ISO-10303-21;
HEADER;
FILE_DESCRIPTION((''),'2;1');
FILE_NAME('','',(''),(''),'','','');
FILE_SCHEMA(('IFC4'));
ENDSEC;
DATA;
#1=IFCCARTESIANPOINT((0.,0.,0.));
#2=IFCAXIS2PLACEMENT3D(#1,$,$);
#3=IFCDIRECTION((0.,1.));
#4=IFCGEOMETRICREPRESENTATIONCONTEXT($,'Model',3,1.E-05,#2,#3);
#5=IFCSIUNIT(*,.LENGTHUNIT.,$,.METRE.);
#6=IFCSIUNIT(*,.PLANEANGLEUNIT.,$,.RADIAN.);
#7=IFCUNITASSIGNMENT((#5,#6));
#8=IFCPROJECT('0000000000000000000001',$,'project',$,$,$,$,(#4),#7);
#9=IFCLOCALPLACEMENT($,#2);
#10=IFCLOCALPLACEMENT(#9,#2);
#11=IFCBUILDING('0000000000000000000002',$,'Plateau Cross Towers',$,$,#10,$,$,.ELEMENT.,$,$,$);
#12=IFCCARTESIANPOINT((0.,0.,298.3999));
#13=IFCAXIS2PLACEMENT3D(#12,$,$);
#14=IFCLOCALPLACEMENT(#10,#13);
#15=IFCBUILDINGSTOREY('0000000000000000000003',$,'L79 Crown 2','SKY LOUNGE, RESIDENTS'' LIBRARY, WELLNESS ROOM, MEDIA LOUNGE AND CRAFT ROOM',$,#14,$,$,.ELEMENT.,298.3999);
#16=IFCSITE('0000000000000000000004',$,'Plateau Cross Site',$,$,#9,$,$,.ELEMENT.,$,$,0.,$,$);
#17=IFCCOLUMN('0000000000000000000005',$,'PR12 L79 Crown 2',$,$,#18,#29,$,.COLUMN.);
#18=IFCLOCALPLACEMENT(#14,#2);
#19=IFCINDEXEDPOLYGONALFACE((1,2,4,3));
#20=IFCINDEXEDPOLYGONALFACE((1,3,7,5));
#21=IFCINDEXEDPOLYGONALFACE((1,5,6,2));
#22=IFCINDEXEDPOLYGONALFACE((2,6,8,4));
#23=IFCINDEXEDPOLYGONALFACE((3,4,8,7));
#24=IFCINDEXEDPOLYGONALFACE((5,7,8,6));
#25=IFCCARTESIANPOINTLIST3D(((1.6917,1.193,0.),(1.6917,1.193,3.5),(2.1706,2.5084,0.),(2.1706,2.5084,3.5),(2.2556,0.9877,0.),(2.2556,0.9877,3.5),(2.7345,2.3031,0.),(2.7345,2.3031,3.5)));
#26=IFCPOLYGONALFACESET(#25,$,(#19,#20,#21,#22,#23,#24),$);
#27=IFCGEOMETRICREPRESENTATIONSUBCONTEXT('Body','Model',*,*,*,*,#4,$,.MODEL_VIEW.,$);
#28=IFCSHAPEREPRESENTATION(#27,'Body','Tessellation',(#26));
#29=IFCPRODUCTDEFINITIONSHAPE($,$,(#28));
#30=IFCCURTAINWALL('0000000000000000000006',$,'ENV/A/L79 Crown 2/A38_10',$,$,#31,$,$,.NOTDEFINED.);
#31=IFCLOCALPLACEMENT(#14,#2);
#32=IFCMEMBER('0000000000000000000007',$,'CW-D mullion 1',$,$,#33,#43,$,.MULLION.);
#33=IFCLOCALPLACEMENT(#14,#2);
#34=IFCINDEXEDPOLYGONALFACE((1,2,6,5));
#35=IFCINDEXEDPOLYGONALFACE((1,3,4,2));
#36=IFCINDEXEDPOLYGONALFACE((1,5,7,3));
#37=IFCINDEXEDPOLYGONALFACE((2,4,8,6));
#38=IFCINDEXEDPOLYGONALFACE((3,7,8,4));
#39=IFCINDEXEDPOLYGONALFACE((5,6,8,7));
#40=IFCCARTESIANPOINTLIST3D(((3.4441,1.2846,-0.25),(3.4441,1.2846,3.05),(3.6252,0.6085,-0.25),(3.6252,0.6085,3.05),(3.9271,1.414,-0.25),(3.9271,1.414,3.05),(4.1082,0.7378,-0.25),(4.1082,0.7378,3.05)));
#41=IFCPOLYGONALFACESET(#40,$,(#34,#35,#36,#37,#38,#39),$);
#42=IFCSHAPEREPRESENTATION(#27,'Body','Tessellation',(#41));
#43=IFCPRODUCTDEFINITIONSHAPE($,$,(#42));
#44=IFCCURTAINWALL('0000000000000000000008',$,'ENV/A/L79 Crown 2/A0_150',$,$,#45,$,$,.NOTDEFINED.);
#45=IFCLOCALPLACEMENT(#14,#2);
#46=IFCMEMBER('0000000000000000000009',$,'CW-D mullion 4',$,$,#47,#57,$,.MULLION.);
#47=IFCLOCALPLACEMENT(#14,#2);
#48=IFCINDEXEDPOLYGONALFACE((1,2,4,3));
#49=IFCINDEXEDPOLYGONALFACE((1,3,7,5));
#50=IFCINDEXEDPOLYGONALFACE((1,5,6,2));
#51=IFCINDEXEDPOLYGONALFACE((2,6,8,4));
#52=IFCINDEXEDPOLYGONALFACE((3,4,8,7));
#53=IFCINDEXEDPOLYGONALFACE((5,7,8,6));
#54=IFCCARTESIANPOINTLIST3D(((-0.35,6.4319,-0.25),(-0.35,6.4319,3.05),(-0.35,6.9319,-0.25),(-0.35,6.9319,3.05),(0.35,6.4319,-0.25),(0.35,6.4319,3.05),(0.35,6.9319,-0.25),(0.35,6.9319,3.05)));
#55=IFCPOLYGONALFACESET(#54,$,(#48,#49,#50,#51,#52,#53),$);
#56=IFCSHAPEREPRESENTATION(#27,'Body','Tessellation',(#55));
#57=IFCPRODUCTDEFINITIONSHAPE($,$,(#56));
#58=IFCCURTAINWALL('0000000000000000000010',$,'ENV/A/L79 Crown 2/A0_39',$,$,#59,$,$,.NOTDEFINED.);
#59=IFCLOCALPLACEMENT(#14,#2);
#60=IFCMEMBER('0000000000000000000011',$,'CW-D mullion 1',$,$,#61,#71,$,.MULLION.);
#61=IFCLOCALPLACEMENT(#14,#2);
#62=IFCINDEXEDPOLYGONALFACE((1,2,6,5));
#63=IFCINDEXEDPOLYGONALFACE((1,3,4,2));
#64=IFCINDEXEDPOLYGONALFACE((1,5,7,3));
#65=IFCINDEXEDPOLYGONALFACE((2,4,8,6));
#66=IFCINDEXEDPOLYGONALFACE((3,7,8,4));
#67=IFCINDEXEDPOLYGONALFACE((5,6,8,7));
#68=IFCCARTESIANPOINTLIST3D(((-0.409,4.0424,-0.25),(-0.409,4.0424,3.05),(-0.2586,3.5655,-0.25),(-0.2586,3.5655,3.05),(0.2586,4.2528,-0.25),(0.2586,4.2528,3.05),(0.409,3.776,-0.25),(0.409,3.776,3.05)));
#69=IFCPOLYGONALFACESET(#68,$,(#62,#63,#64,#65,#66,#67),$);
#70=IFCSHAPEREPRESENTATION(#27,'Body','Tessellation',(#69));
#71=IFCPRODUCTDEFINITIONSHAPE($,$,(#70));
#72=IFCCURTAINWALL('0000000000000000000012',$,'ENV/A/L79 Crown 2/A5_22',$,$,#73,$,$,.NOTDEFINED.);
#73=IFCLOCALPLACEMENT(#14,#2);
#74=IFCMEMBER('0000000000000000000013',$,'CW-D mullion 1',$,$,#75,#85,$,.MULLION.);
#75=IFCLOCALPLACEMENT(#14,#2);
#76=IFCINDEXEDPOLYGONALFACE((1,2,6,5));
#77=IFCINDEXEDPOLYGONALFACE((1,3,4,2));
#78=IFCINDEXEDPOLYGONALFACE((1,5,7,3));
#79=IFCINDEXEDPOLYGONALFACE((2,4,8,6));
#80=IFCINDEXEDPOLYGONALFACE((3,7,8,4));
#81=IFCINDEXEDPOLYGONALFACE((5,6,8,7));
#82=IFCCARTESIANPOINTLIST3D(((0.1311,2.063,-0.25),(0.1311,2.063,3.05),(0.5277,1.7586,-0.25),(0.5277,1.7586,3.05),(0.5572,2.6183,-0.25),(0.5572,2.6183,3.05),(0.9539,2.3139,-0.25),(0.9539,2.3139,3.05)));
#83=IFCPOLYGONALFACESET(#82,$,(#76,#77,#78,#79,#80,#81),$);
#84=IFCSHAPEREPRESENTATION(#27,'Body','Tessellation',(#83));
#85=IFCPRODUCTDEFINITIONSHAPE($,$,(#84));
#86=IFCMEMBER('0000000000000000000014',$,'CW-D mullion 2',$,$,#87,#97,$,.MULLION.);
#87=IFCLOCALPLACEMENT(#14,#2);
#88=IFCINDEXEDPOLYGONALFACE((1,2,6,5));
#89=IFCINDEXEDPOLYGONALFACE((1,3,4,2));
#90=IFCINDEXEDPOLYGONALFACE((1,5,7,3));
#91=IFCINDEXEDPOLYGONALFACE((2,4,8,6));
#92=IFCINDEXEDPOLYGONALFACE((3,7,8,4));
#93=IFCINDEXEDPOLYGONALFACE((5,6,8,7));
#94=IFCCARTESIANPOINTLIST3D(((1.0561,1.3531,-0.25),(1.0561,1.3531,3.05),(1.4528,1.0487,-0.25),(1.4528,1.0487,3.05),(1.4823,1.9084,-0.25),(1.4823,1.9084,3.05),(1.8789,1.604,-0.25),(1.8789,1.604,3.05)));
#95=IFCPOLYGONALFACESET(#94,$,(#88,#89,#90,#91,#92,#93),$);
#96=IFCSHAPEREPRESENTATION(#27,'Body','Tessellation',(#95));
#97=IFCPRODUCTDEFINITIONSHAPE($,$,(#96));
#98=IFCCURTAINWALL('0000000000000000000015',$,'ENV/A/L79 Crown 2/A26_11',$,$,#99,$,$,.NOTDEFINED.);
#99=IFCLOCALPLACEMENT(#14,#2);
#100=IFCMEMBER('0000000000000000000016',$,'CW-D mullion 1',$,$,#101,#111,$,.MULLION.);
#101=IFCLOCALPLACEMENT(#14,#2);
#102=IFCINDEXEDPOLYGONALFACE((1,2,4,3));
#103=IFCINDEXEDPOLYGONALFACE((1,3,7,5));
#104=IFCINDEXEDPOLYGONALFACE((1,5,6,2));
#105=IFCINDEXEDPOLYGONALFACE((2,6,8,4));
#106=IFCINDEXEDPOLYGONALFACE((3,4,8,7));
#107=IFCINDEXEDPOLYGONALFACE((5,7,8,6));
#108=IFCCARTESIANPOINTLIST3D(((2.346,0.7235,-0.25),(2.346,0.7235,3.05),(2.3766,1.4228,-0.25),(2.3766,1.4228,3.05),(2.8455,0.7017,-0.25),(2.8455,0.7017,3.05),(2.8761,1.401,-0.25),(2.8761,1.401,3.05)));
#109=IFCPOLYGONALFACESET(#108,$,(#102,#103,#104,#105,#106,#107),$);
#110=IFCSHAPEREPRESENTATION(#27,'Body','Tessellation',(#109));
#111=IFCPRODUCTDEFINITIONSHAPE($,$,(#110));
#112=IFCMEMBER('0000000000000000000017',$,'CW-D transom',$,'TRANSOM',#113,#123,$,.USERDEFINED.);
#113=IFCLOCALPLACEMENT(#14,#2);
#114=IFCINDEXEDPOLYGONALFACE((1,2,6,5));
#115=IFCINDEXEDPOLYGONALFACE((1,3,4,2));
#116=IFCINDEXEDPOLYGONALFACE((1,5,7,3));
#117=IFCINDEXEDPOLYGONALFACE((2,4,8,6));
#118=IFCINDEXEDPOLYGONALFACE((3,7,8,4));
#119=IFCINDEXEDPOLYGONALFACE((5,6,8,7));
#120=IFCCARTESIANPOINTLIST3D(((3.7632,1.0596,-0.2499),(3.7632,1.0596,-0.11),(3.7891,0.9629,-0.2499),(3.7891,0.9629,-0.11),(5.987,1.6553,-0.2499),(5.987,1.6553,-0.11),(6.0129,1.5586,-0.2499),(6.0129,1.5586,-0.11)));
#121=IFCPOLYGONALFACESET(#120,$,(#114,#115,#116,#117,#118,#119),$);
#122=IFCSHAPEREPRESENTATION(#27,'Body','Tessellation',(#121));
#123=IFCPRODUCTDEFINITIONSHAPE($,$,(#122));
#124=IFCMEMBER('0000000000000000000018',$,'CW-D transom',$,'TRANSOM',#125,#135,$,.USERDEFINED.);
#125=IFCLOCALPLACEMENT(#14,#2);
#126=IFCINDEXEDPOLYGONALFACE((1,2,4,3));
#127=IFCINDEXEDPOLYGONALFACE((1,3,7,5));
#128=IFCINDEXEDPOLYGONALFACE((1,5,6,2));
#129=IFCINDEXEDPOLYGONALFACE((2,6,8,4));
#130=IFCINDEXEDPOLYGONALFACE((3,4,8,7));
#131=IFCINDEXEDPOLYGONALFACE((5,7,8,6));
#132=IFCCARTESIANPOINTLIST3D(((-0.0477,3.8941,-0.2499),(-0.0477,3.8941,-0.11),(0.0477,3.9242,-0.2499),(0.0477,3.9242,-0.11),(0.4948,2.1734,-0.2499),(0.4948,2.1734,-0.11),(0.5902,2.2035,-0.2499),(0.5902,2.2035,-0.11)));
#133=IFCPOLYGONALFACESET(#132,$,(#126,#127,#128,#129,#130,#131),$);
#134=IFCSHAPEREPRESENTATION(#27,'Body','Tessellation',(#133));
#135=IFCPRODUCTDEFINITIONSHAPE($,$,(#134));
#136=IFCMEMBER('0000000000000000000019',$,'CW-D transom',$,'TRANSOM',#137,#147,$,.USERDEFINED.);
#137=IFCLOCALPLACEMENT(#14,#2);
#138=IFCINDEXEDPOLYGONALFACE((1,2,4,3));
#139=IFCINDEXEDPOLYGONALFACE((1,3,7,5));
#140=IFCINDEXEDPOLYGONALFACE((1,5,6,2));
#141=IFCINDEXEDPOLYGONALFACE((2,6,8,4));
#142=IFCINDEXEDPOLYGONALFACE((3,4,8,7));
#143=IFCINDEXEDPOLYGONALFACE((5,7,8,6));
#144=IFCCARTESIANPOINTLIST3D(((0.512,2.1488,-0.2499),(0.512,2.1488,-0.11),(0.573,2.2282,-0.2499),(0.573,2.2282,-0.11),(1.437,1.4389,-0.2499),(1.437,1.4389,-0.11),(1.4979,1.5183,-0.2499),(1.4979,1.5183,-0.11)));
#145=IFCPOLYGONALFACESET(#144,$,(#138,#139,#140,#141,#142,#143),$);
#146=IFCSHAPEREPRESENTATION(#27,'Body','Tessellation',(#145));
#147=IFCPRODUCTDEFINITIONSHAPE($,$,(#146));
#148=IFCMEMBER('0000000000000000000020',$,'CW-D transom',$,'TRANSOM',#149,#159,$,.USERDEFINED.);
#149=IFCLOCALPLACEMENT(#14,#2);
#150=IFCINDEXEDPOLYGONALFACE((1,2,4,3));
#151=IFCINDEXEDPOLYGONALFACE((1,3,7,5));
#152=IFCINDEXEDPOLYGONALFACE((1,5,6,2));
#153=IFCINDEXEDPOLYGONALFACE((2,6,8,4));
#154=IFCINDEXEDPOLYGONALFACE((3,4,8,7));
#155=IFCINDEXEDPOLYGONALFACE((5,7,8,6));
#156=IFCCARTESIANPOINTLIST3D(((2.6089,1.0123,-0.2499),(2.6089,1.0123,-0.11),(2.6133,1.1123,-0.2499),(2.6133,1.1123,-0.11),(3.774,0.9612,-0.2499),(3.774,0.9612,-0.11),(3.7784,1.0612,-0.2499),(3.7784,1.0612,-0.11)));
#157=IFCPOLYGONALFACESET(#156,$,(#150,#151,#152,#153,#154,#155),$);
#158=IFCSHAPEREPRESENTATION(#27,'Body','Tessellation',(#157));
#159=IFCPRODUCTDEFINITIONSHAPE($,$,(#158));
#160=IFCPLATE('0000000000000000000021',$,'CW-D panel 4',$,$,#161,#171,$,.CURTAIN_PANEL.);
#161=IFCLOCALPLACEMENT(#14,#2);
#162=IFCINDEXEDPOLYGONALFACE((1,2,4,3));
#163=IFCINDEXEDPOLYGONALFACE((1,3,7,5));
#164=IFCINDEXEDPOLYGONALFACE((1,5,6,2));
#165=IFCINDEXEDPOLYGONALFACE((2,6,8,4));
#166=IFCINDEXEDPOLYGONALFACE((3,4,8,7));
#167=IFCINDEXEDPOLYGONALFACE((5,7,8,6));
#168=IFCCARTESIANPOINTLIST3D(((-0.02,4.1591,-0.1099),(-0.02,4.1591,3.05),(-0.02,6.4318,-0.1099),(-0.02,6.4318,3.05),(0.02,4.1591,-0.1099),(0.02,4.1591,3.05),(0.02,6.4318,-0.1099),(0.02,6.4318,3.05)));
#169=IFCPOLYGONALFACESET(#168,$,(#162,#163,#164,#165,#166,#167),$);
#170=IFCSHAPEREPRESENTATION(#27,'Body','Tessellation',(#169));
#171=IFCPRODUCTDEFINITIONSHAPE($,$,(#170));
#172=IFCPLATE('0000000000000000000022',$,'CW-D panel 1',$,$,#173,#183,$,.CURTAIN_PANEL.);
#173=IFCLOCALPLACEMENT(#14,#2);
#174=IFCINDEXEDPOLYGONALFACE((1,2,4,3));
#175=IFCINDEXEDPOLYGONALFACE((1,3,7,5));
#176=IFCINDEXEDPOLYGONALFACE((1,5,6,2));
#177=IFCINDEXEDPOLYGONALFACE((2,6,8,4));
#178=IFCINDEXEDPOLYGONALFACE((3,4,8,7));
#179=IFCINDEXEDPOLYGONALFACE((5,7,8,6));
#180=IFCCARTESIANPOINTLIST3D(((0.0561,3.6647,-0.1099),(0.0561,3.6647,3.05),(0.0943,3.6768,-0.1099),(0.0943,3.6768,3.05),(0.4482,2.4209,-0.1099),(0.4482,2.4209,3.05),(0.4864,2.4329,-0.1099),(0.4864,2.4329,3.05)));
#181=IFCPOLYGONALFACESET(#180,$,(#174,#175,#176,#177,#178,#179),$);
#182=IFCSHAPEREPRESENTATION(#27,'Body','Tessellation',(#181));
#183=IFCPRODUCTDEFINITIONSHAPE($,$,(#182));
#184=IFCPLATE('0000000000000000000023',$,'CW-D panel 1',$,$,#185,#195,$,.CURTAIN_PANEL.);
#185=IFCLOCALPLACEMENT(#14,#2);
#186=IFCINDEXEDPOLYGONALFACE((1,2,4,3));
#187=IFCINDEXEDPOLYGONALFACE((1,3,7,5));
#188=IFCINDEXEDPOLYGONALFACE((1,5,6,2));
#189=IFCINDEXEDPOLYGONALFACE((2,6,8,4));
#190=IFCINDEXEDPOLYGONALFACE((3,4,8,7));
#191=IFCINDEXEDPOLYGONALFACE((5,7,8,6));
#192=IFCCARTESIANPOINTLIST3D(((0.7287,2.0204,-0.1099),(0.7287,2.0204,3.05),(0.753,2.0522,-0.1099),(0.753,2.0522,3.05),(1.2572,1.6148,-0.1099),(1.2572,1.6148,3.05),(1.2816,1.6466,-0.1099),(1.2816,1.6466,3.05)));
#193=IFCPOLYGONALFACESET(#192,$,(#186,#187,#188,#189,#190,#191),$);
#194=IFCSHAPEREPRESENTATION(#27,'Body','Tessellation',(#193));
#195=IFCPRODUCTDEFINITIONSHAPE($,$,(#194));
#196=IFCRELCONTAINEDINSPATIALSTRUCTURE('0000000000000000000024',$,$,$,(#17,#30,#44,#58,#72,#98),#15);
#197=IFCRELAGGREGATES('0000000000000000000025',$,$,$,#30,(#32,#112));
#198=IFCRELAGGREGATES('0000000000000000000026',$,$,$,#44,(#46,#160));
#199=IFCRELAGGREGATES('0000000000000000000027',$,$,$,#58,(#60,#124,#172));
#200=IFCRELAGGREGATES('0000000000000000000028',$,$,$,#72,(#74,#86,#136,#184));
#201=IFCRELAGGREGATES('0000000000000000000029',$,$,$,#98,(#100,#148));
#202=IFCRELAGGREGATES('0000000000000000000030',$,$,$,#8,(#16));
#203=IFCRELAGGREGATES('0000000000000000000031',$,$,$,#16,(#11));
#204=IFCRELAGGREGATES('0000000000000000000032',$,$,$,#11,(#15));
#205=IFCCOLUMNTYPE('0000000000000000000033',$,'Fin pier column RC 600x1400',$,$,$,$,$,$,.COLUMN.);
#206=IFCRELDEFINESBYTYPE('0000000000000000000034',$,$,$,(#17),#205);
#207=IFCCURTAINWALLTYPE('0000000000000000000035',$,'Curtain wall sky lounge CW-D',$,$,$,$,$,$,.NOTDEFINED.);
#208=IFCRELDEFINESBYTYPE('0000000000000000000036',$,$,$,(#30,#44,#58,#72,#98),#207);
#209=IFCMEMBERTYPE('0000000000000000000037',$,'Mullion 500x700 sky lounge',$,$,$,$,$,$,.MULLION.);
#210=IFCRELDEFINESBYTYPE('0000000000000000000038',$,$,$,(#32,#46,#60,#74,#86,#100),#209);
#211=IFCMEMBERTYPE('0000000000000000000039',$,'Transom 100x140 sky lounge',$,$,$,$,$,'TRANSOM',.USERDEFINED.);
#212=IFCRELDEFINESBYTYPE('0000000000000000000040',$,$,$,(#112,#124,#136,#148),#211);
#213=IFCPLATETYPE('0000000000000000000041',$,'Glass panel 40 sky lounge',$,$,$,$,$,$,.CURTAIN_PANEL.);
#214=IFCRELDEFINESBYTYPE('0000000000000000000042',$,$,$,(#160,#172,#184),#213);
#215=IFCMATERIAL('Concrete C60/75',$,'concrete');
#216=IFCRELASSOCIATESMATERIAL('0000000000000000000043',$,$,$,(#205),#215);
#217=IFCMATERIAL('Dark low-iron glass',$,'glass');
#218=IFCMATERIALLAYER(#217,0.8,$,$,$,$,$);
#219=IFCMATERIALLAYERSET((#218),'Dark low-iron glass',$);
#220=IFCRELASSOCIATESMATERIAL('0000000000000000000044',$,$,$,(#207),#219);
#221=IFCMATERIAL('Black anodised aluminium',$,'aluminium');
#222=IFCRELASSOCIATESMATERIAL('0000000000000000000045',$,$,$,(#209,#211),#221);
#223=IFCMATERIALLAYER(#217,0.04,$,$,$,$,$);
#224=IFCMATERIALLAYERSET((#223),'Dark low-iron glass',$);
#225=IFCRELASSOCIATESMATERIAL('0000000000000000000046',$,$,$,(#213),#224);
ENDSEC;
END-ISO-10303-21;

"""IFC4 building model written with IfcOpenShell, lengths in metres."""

from ifc_helpers import new_model, si_unit, direction, frame, origin, origin_2d, place, context, subcontext, project, spatial, rectangle, extrude, material, layer, layer_set, material_profile, profile_set, type_object, element, aggregate, save


model = new_model("IFC4")

# Units and contexts
model_context = context("Model", 3, precision=1e-05, world=origin(), true_north=direction((0.0, 1.0)))
body_context = subcontext(model_context, "Body", "Model", "MODEL_VIEW")
ifc_project = project(units=[si_unit("LENGTHUNIT", "METRE"), si_unit("PLANEANGLEUNIT", "RADIAN")], contexts=[model_context])

# Site, building, storey
site_placement = place(None, origin())
site = spatial("IfcSite", under=ifc_project, at=site_placement, Name="Plateau Cross Site", CompositionType="ELEMENT", RefElevation=0.0)
building_placement = place(site_placement, origin())
building = spatial("IfcBuilding", under=site, at=building_placement, Name="Plateau Cross Towers", CompositionType="ELEMENT")
storey_placement = place(building_placement, frame((0.0, 0.0, 298.3999)))
storey = spatial("IfcBuildingStorey", under=building, at=storey_placement, Name="L79 Crown 2", Description="SKY LOUNGE, RESIDENTS' LIBRARY, WELLNESS ROOM, MEDIA LOUNGE AND CRAFT ROOM", CompositionType="ELEMENT", Elevation=298.3999)

# Column
ifc_material_1 = material(Name="Concrete C60/75", Category="concrete")
ifc_material_profile_1 = material_profile(ifc_material_1, rectangle(XDim=0.6001, YDim=1.3999, at=origin_2d()), Name="RC 600x1400")
ifc_profile_set_1 = profile_set([ifc_material_profile_1], Name="Concrete C60/75")
column_type = type_object("IfcColumnType", Name="Fin pier column RC 600x1400", PredefinedType="COLUMN", material=ifc_profile_set_1)
column_placement = place(storey_placement, frame((2.2131, 1.748, 0.0), z_axis=(0.0, 0.0, 1.0), x_axis=(-0.939664, 0.342098, 0.0)))
element("IfcColumn", 1, at=column_placement, inside=storey, type_object=column_type, Name="PR12 L79 Crown 2", PredefinedType="COLUMN", context=body_context, shape_type="SweptSolid", body=[
    extrude(rectangle(XDim=0.6001, YDim=1.3999, at=origin_2d()), origin(), (0.0, 0.0, 1.0), 3.5),
])

# Curtain walls, members
ifc_material_2 = material(Name="Dark low-iron glass", Category="glass")
ifc_layer_1 = layer(ifc_material_2, 0.8)
ifc_layer_set_1 = layer_set([ifc_layer_1], Name="Dark low-iron glass")
curtain_wall_type = type_object("IfcCurtainWallType", Name="Curtain wall sky lounge CW-D", PredefinedType="NOTDEFINED", material=ifc_layer_set_1)
curtain_wall_1_placement = place(storey_placement, origin())
curtain_wall_1 = element("IfcCurtainWall", 2, at=curtain_wall_1_placement, inside=storey, type_object=curtain_wall_type, Name="ENV/A/L79 Crown 2/A38_10", PredefinedType="NOTDEFINED")
ifc_material_3 = material(Name="Black anodised aluminium", Category="aluminium")
ifc_material_profile_2 = material_profile(ifc_material_3, rectangle(XDim=0.5, YDim=0.7, at=origin_2d()), Name="MULLION 500x700")
ifc_profile_set_2 = profile_set([ifc_material_profile_2], Name="Black anodised aluminium")
member_type_1 = type_object("IfcMemberType", Name="Mullion 500x700 sky lounge", PredefinedType="MULLION", material=ifc_profile_set_2)
member_1_placement = place(storey_placement, frame((3.7761, 1.0112, -0.25), z_axis=(0.0, 0.0, 1.0), x_axis=(0.965958, 0.258699, 0.0)))
member_1 = element("IfcMember", 3, at=member_1_placement, type_object=member_type_1, Name="CW-D mullion 1", PredefinedType="MULLION", context=body_context, shape_type="SweptSolid", body=[
    extrude(rectangle(XDim=0.5, YDim=0.7, at=origin_2d()), origin(), (0.0, 0.0, 1.0), 3.3),
])
curtain_wall_2_placement = place(storey_placement, origin())
curtain_wall_2 = element("IfcCurtainWall", 4, at=curtain_wall_2_placement, inside=storey, type_object=curtain_wall_type, Name="ENV/A/L79 Crown 2/A0_150", PredefinedType="NOTDEFINED")
member_2_placement = place(storey_placement, frame((0.0, 6.6819, -0.25), z_axis=(0.0, 0.0, 1.0), x_axis=(0.0, -1.0, 0.0)))
member_2 = element("IfcMember", 5, at=member_2_placement, type_object=member_type_1, Name="CW-D mullion 4", PredefinedType="MULLION", context=body_context, shape_type="SweptSolid", body=[
    extrude(rectangle(XDim=0.5, YDim=0.7, at=origin_2d()), origin(), (0.0, 0.0, 1.0), 3.3),
])
curtain_wall_3_placement = place(storey_placement, origin())
curtain_wall_3 = element("IfcCurtainWall", 6, at=curtain_wall_3_placement, inside=storey, type_object=curtain_wall_type, Name="ENV/A/L79 Crown 2/A0_39", PredefinedType="NOTDEFINED")
member_3_placement = place(storey_placement, frame((0.0, 3.9092, -0.25), z_axis=(0.0, 0.0, 1.0), x_axis=(0.300686, -0.953723, 0.0)))
member_3 = element("IfcMember", 7, at=member_3_placement, type_object=member_type_1, Name="CW-D mullion 1", PredefinedType="MULLION", context=body_context, shape_type="SweptSolid", body=[
    extrude(rectangle(XDim=0.5, YDim=0.7, at=origin_2d()), origin(), (0.0, 0.0, 1.0), 3.3),
])

# Curtain wall, members
curtain_wall_4_placement = place(storey_placement, origin())
curtain_wall_4 = element("IfcCurtainWall", 8, at=curtain_wall_4_placement, inside=storey, type_object=curtain_wall_type, Name="ENV/A/L79 Crown 2/A5_22", PredefinedType="NOTDEFINED")
member_4_placement = place(storey_placement, frame((0.5425, 2.1885, -0.25), z_axis=(0.0, 0.0, 1.0), x_axis=(0.793316, -0.608811, 0.0)))
member_4 = element("IfcMember", 9, at=member_4_placement, type_object=member_type_1, Name="CW-D mullion 1", PredefinedType="MULLION", context=body_context, shape_type="SweptSolid", body=[
    extrude(rectangle(XDim=0.5, YDim=0.7, at=origin_2d()), origin(), (0.0, 0.0, 1.0), 3.3),
])
member_5_placement = place(storey_placement, frame((1.4675, 1.4785, -0.25), z_axis=(0.0, 0.0, 1.0), x_axis=(0.793316, -0.608811, 0.0)))
member_5 = element("IfcMember", 10, at=member_5_placement, type_object=member_type_1, Name="CW-D mullion 2", PredefinedType="MULLION", context=body_context, shape_type="SweptSolid", body=[
    extrude(rectangle(XDim=0.5, YDim=0.7, at=origin_2d()), origin(), (0.0, 0.0, 1.0), 3.3),
])

# Curtain wall, member
curtain_wall_5_placement = place(storey_placement, origin())
curtain_wall_5 = element("IfcCurtainWall", 11, at=curtain_wall_5_placement, inside=storey, type_object=curtain_wall_type, Name="ENV/A/L79 Crown 2/A26_11", PredefinedType="NOTDEFINED")
member_6_placement = place(storey_placement, frame((2.6111, 1.0623, -0.25), z_axis=(0.0, 0.0, 1.0), x_axis=(0.999044, -0.043723, 0.0)))
member_6 = element("IfcMember", 12, at=member_6_placement, type_object=member_type_1, Name="CW-D mullion 1", PredefinedType="MULLION", context=body_context, shape_type="SweptSolid", body=[
    extrude(rectangle(XDim=0.5, YDim=0.7, at=origin_2d()), origin(), (0.0, 0.0, 1.0), 3.3),
])

# Members
ifc_material_profile_3 = material_profile(ifc_material_3, rectangle(XDim=0.1001, YDim=0.1399, at=origin_2d()), Name="TRANSOM 100x140")
ifc_profile_set_3 = profile_set([ifc_material_profile_3], Name="Black anodised aluminium")
member_type_2 = type_object("IfcMemberType", Name="Transom 100x140 sky lounge", ElementType="TRANSOM", PredefinedType="USERDEFINED", material=ifc_profile_set_3)
member_7_placement = place(storey_placement, frame((3.7761, 1.0112, -0.1799), z_axis=(0.965946, 0.258745, 0.0), x_axis=(-0.258745, 0.965946, 0.0)))
member_7 = element("IfcMember", 13, at=member_7_placement, type_object=member_type_2, Name="CW-D transom", ObjectType="TRANSOM", PredefinedType="USERDEFINED", context=body_context, shape_type="SweptSolid", body=[
    extrude(rectangle(XDim=0.1001, YDim=0.1399, at=origin_2d()), origin(), (0.0, 0.0, 1.0), 2.3022),
])
aggregate(curtain_wall_1, [member_1, member_7])
member_8_placement = place(storey_placement, frame((0.0, 3.9092, -0.1799), z_axis=(0.300678, -0.953726, 0.0), x_axis=(0.953726, 0.300678, 0.0)))
member_8 = element("IfcMember", 14, at=member_8_placement, type_object=member_type_2, Name="CW-D transom", ObjectType="TRANSOM", PredefinedType="USERDEFINED", context=body_context, shape_type="SweptSolid", body=[
    extrude(rectangle(XDim=0.1001, YDim=0.1399, at=origin_2d()), origin(), (0.0, 0.0, 1.0), 1.8042),
])
member_9_placement = place(storey_placement, frame((0.5425, 2.1885, -0.1799), z_axis=(0.793293, -0.60884, 0.0), x_axis=(0.60884, 0.793293, 0.0)))
member_9 = element("IfcMember", 15, at=member_9_placement, type_object=member_type_2, Name="CW-D transom", ObjectType="TRANSOM", PredefinedType="USERDEFINED", context=body_context, shape_type="SweptSolid", body=[
    extrude(rectangle(XDim=0.1001, YDim=0.1399, at=origin_2d()), origin(), (0.0, 0.0, 1.0), 1.166),
])
member_10_placement = place(storey_placement, frame((2.6111, 1.0623, -0.1799), z_axis=(0.999042, -0.043755, 0.0), x_axis=(0.043755, 0.999042, 0.0)))
member_10 = element("IfcMember", 16, at=member_10_placement, type_object=member_type_2, Name="CW-D transom", ObjectType="TRANSOM", PredefinedType="USERDEFINED", context=body_context, shape_type="SweptSolid", body=[
    extrude(rectangle(XDim=0.1001, YDim=0.1399, at=origin_2d()), origin(), (0.0, 0.0, 1.0), 1.1663),
])

# Plates
ifc_layer_2 = layer(ifc_material_2, 0.04)
ifc_layer_set_2 = layer_set([ifc_layer_2], Name="Dark low-iron glass")
plate_type = type_object("IfcPlateType", Name="Glass panel 40 sky lounge", PredefinedType="CURTAIN_PANEL", material=ifc_layer_set_2)
plate_1_placement = place(storey_placement, frame((0.0, 5.2954, -0.1099), z_axis=(0.0, 0.0, 1.0), x_axis=(0.0, -1.0, 0.0)))
plate_1 = element("IfcPlate", 17, at=plate_1_placement, type_object=plate_type, Name="CW-D panel 4", PredefinedType="CURTAIN_PANEL", context=body_context, shape_type="SweptSolid", body=[
    extrude(rectangle(XDim=2.2727, YDim=0.04, at=origin_2d()), origin(), (0.0, 0.0, 1.0), 3.1599),
])
aggregate(curtain_wall_2, [member_2, plate_1])
plate_2_placement = place(storey_placement, frame((0.2712, 3.0488, -0.1099), z_axis=(0.0, 0.0, 1.0), x_axis=(0.300686, -0.953723, 0.0)))
plate_2 = element("IfcPlate", 18, at=plate_2_placement, type_object=plate_type, Name="CW-D panel 1", PredefinedType="CURTAIN_PANEL", context=body_context, shape_type="SweptSolid", body=[
    extrude(rectangle(XDim=1.3042, YDim=0.04, at=origin_2d()), origin(), (0.0, 0.0, 1.0), 3.1599),
])
aggregate(curtain_wall_3, [member_3, member_8, plate_2])
plate_3_placement = place(storey_placement, frame((1.0051, 1.8335, -0.1099), z_axis=(0.0, 0.0, 1.0), x_axis=(0.793316, -0.608811, 0.0)))
plate_3 = element("IfcPlate", 19, at=plate_3_placement, type_object=plate_type, Name="CW-D panel 1", PredefinedType="CURTAIN_PANEL", context=body_context, shape_type="SweptSolid", body=[
    extrude(rectangle(XDim=0.6663, YDim=0.04, at=origin_2d()), origin(), (0.0, 0.0, 1.0), 3.1599),
])
aggregate(curtain_wall_4, [member_4, member_5, member_9, plate_3])
aggregate(curtain_wall_5, [member_6, member_10])

save(model, "model.ifc")
